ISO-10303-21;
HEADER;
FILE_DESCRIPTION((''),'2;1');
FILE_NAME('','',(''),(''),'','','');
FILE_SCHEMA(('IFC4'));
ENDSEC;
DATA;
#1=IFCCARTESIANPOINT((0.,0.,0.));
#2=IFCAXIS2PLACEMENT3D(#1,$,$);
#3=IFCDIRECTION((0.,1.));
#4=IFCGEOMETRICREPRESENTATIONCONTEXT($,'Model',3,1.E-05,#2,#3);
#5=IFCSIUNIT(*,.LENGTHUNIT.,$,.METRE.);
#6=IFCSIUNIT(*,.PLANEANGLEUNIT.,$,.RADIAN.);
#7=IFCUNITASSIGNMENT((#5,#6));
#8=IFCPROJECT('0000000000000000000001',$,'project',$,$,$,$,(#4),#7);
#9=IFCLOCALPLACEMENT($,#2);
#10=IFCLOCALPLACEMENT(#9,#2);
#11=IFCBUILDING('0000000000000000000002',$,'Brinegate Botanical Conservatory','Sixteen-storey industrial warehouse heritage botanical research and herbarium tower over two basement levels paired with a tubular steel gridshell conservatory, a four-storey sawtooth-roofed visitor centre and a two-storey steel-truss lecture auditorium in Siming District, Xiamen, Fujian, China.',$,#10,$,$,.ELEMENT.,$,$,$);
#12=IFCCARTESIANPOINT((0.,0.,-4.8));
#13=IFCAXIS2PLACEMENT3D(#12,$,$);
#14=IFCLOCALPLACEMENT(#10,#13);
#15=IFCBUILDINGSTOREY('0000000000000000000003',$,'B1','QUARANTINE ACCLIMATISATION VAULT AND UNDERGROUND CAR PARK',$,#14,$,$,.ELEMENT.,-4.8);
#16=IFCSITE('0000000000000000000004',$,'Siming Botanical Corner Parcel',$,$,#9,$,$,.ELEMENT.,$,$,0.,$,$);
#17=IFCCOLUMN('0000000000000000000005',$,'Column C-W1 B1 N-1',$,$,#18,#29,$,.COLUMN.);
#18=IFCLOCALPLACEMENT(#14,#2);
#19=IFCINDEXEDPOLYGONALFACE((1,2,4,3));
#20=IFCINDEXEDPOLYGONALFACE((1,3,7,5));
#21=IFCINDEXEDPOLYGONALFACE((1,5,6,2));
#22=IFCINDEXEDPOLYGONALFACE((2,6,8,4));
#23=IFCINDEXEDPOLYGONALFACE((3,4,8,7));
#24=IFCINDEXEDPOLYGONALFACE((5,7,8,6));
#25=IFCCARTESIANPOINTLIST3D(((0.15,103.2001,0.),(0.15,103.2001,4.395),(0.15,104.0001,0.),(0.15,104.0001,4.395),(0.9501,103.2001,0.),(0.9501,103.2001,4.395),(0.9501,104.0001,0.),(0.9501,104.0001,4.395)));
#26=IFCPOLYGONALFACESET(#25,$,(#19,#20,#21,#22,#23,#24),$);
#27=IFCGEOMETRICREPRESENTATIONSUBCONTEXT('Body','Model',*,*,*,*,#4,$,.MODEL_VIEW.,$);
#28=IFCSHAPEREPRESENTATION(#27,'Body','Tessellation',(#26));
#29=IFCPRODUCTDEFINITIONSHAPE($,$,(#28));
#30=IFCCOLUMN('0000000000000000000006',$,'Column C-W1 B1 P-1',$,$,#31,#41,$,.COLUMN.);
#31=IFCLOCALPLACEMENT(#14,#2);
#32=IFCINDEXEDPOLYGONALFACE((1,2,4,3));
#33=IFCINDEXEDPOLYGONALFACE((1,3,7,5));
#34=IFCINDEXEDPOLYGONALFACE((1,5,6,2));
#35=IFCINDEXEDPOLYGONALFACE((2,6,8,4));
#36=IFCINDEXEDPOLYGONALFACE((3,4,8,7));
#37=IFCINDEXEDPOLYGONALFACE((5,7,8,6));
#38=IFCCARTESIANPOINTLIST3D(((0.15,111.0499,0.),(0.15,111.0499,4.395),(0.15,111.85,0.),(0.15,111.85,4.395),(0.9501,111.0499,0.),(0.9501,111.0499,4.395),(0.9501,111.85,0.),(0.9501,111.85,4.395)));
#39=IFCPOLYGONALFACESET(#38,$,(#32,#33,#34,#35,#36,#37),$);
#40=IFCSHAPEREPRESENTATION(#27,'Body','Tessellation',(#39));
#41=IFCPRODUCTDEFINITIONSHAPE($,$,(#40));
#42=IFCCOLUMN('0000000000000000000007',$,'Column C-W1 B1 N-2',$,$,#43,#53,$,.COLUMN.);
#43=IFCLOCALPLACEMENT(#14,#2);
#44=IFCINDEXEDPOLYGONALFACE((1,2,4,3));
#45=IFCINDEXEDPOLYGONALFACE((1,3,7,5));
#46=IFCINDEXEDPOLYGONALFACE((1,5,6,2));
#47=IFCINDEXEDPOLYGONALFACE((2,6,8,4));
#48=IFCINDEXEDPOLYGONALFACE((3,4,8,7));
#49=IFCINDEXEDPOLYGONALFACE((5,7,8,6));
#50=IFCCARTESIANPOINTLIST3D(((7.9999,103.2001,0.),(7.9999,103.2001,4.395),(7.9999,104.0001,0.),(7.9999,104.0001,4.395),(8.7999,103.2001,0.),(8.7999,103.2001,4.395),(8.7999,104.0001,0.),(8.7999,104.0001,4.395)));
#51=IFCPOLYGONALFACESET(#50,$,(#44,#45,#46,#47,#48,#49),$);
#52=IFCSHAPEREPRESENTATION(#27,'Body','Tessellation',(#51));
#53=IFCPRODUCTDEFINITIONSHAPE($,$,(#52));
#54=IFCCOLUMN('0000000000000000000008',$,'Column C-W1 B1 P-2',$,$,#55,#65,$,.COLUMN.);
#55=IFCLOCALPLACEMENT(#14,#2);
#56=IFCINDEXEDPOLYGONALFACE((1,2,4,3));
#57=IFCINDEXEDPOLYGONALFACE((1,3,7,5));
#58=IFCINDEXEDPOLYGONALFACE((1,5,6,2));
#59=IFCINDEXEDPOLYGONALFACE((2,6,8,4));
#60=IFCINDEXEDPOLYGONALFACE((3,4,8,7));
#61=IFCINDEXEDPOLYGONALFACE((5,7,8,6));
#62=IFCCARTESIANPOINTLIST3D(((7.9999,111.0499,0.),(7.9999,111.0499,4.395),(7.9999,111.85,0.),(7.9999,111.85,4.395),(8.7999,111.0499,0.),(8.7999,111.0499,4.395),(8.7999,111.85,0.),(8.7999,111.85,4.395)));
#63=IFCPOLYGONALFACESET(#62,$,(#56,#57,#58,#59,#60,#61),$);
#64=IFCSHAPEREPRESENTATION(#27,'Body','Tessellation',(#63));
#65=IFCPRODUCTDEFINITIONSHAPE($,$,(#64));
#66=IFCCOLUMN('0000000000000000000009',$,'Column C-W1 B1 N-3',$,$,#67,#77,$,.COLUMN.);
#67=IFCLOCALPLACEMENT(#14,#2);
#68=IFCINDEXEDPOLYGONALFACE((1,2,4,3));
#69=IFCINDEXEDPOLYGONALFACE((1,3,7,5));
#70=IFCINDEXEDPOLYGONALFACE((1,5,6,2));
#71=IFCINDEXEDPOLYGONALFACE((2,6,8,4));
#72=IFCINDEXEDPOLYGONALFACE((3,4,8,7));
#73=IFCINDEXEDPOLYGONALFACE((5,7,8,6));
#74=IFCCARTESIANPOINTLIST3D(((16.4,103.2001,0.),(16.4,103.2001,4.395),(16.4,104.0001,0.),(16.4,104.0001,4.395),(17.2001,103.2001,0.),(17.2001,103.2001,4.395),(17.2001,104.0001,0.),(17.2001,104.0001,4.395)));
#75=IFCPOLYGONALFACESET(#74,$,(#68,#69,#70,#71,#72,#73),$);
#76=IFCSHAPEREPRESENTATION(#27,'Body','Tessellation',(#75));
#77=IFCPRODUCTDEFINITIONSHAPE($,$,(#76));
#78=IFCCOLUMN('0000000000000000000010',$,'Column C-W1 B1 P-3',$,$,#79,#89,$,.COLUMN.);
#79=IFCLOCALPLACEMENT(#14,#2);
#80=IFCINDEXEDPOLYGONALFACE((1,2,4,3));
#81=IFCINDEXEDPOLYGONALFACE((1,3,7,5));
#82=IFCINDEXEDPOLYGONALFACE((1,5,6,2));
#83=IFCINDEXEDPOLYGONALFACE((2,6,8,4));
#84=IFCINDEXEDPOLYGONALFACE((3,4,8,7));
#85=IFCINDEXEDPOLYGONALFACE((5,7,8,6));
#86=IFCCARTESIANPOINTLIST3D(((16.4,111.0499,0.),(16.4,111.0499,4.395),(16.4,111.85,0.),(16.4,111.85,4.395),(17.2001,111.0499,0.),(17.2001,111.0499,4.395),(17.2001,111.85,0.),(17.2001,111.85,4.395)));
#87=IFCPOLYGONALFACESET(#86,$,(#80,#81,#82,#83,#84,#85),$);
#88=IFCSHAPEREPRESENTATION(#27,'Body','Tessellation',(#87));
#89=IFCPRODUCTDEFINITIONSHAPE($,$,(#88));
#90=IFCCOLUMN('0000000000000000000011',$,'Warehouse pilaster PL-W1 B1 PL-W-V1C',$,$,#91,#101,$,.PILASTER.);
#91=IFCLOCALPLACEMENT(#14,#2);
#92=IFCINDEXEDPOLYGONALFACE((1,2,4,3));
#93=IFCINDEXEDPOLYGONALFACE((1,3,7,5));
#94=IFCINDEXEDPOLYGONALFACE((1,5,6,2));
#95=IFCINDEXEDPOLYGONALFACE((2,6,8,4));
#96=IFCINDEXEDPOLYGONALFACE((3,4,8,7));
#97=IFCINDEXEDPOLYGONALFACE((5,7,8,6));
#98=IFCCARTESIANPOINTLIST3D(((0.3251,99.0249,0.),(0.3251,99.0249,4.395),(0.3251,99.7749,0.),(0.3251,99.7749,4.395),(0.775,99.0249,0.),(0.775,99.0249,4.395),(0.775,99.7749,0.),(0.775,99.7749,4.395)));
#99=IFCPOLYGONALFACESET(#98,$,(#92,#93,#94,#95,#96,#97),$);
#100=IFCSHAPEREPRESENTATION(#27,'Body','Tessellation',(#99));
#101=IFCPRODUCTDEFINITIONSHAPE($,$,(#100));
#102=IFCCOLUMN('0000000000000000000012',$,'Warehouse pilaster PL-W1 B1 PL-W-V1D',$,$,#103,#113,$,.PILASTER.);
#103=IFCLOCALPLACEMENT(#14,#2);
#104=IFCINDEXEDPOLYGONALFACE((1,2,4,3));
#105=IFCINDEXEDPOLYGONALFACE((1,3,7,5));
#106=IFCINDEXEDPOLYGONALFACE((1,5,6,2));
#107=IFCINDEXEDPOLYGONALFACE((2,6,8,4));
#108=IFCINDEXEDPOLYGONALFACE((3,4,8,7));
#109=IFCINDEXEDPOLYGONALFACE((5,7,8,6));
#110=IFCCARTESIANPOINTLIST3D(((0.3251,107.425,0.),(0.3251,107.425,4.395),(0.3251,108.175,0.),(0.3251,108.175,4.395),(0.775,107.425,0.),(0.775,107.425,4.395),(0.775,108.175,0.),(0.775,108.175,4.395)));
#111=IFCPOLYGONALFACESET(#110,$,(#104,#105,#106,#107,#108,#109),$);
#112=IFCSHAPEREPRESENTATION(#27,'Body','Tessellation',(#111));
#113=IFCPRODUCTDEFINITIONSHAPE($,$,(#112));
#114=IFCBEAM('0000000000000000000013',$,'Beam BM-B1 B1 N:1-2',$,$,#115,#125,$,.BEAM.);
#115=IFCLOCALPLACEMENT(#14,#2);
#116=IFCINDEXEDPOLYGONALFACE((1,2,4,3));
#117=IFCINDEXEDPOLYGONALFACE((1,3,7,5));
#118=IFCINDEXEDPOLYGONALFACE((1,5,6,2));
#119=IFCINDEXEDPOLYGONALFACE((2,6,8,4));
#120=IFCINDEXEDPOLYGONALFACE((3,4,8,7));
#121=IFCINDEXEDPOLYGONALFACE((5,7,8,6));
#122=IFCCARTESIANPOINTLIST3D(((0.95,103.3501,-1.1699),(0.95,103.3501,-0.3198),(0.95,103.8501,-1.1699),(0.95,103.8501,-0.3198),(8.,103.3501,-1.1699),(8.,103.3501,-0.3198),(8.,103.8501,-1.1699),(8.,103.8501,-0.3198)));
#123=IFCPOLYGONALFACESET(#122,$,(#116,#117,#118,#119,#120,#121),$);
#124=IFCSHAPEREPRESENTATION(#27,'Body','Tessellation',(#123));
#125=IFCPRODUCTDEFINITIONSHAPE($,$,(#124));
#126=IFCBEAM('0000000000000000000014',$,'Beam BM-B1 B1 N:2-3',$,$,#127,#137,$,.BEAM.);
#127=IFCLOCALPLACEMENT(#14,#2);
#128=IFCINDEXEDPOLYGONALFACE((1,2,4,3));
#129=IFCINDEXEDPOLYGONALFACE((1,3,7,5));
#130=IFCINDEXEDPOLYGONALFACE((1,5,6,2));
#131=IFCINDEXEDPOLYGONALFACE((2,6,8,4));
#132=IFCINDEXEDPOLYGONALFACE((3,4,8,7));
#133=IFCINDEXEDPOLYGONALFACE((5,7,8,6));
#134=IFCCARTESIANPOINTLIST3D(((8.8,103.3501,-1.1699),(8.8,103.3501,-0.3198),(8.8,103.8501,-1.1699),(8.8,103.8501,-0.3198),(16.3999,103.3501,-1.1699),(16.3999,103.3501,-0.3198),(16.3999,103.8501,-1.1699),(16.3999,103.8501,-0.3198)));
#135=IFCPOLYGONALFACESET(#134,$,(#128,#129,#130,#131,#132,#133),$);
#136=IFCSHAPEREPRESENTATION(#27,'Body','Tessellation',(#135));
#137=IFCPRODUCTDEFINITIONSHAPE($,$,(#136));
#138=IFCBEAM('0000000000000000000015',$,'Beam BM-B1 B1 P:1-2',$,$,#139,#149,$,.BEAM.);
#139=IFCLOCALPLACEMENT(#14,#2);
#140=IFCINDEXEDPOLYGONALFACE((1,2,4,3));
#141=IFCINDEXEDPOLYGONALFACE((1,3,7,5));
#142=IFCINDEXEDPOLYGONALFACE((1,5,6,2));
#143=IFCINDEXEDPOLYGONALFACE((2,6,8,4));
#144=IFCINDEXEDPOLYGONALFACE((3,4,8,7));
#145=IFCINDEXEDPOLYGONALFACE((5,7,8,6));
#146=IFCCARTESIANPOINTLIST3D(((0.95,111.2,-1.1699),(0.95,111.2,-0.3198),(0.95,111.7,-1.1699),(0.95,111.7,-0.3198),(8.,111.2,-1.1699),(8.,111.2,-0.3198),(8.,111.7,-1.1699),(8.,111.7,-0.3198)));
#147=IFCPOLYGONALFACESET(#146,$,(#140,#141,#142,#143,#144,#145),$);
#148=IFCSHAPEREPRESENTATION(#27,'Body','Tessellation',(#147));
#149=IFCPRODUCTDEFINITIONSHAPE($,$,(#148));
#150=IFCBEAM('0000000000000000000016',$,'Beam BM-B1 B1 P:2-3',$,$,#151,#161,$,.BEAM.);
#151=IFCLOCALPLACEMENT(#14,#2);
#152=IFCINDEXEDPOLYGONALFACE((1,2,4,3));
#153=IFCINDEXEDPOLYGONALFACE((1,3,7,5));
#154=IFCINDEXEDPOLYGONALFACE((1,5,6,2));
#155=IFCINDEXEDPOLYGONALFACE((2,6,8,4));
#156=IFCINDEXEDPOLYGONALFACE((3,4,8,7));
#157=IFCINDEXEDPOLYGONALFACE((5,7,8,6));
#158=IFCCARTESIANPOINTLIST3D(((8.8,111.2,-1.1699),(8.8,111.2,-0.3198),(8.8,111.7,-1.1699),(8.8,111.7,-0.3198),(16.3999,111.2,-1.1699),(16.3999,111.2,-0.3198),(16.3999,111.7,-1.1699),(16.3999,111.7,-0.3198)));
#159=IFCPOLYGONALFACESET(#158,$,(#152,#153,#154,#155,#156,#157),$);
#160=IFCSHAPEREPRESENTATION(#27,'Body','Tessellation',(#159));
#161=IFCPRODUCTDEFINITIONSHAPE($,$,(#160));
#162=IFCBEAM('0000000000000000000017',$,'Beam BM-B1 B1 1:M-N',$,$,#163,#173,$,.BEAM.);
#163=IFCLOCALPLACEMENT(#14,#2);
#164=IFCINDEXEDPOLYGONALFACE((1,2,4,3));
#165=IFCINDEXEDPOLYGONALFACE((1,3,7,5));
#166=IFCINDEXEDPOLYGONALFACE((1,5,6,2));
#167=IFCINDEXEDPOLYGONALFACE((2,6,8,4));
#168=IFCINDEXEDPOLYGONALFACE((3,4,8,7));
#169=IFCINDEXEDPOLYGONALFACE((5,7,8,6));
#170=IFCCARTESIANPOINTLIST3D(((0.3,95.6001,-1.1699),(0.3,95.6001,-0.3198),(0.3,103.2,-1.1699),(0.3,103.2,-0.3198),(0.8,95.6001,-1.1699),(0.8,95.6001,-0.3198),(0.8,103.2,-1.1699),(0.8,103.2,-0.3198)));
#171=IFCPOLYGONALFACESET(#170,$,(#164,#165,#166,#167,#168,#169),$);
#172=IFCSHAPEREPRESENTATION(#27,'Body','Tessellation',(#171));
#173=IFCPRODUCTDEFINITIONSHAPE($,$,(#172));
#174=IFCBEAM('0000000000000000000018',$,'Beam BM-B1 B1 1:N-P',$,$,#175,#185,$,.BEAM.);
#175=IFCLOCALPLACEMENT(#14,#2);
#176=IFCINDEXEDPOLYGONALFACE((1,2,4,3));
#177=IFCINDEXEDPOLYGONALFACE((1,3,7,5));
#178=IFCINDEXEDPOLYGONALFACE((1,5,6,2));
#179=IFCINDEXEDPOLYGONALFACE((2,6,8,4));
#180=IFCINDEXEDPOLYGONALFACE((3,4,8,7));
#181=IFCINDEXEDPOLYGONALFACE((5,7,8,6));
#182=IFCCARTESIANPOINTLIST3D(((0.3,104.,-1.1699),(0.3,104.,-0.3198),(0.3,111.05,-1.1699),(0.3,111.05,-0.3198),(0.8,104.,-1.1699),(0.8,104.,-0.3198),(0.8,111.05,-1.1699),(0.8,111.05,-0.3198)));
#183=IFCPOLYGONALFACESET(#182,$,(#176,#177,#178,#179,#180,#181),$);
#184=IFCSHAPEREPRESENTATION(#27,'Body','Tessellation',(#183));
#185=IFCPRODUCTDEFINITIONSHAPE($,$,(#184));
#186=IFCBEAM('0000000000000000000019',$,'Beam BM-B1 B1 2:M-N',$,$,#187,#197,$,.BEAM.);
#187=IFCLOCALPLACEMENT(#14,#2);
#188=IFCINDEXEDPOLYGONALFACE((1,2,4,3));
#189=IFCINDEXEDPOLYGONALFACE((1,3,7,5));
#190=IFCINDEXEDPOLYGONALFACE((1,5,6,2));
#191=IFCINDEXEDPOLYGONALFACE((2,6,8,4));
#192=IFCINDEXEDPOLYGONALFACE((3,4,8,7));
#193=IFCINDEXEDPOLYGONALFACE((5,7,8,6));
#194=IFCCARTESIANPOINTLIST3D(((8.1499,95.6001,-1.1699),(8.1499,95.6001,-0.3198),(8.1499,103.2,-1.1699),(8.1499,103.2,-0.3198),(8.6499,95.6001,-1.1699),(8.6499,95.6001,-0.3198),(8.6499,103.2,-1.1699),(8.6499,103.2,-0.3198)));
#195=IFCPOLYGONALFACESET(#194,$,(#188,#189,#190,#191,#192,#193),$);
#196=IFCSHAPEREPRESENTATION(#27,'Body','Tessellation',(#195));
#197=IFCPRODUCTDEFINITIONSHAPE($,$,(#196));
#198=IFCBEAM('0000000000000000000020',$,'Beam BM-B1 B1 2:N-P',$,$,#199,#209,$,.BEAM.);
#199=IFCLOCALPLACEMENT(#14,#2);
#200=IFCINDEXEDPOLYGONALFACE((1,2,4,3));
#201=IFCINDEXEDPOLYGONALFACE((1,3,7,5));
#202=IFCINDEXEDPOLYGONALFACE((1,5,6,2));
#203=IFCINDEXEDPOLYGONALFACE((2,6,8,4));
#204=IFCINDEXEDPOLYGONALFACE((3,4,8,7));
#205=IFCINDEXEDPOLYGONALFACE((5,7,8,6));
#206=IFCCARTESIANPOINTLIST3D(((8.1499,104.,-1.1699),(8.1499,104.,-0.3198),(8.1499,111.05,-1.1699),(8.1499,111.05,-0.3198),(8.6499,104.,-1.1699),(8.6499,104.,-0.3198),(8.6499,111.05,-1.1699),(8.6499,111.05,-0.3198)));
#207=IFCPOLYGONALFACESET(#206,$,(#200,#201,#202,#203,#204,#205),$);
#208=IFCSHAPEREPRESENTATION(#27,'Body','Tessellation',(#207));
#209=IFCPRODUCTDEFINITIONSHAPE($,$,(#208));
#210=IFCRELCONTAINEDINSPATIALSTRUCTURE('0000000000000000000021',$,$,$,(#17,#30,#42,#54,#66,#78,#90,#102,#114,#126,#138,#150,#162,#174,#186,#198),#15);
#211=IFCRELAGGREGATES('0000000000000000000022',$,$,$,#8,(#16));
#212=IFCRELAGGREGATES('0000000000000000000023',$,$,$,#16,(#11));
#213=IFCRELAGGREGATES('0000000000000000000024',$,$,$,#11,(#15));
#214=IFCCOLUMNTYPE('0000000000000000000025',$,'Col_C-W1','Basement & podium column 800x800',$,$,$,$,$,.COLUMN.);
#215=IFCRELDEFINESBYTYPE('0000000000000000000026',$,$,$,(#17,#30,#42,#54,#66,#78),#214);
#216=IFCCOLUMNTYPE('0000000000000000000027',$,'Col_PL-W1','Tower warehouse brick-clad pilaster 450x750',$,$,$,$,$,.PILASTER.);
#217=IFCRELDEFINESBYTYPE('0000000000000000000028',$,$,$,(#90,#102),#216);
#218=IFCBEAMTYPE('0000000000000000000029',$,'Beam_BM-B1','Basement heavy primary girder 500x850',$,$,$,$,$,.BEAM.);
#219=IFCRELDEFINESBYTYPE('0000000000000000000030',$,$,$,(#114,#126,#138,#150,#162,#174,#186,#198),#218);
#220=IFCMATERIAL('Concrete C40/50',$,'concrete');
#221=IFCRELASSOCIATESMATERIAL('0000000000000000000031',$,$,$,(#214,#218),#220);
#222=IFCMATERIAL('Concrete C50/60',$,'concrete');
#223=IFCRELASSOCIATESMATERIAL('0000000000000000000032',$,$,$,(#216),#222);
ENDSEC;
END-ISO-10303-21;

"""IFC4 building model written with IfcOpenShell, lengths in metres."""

from ifc_helpers import new_model, si_unit, direction, frame, origin, origin_2d, place, context, subcontext, project, spatial, rectangle, extrude, material, material_profile, profile_set, type_object, element, save


model = new_model("IFC4")

# Units and contexts
model_context = context("Model", 3, precision=1e-05, world=origin(), true_north=direction((0.0, 1.0)))
body_context = subcontext(model_context, "Body", "Model", "MODEL_VIEW")
ifc_project = project(units=[si_unit("LENGTHUNIT", "METRE"), si_unit("PLANEANGLEUNIT", "RADIAN")], contexts=[model_context])

# Site, building, storey
site_placement = place(None, origin())
site = spatial("IfcSite", under=ifc_project, at=site_placement, Name="Siming Botanical Corner Parcel", CompositionType="ELEMENT", RefElevation=0.0)
building_placement = place(site_placement, origin())
building = spatial("IfcBuilding", under=site, at=building_placement, Name="Brinegate Botanical Conservatory", Description="Sixteen-storey industrial warehouse heritage botanical research and herbarium tower over two basement levels paired with a tubular steel gridshell conservatory, a four-storey sawtooth-roofed visitor centre and a two-storey steel-truss lecture auditorium in Siming District, Xiamen, Fujian, China.", CompositionType="ELEMENT")
storey_placement = place(building_placement, frame((0.0, 0.0, -4.8)))
storey = spatial("IfcBuildingStorey", under=building, at=storey_placement, Name="B1", Description="QUARANTINE ACCLIMATISATION VAULT AND UNDERGROUND CAR PARK", CompositionType="ELEMENT", Elevation=-4.8)

# Columns
ifc_material_1 = material(Name="Concrete C40/50", Category="concrete")
ifc_material_profile_1 = material_profile(ifc_material_1, rectangle(XDim=0.8, YDim=0.8, at=origin_2d()), Name="RC COL 800x800")
ifc_profile_set_1 = profile_set([ifc_material_profile_1], Name="Concrete C40/50")
column_type_1 = type_object("IfcColumnType", Name="Col_C-W1", Description="Basement & podium column 800x800", PredefinedType="COLUMN", material=ifc_profile_set_1)
for number, where, z_axis, x_axis, name in (
    (1, (0.55, 103.6001, 0.0), (0.0, 0.0, 1.0), (1.0, 0.0, 0.0), "Column C-W1 B1 N-1"),
    (2, (0.55, 111.45, 0.0), (0.0, 0.0, 1.0), (1.0, 0.0, 0.0), "Column C-W1 B1 P-1"),
    (3, (8.3999, 103.6001, 0.0), (0.0, 0.0, 1.0), (1.0, 0.0, 0.0), "Column C-W1 B1 N-2"),
    (4, (8.3999, 111.45, 0.0), (0.0, 0.0, 1.0), (1.0, 0.0, 0.0), "Column C-W1 B1 P-2"),
    (5, (16.8, 103.6001, 0.0), (0.0, 0.0, 1.0), (1.0, 0.0, 0.0), "Column C-W1 B1 N-3"),
    (6, (16.8, 111.45, 0.0), (0.0, 0.0, 1.0), (1.0, 0.0, 0.0), "Column C-W1 B1 P-3"),
):
    element("IfcColumn", number, at=place(storey_placement, frame(where, z_axis=z_axis, x_axis=x_axis)), inside=storey, type_object=column_type_1, Name=name, PredefinedType="COLUMN", context=body_context, shape_type="SweptSolid", body=[
        extrude(rectangle(XDim=0.8, YDim=0.8, at=origin_2d()), origin(), (0.0, 0.0, 1.0), 4.395),
    ])
ifc_material_2 = material(Name="Concrete C50/60", Category="concrete")
ifc_material_profile_2 = material_profile(ifc_material_2, rectangle(XDim=0.45, YDim=0.75, at=origin_2d()), Name="RC PILASTER 450x750")
ifc_profile_set_2 = profile_set([ifc_material_profile_2], Name="Concrete C50/60")
column_type_2 = type_object("IfcColumnType", Name="Col_PL-W1", Description="Tower warehouse brick-clad pilaster 450x750", PredefinedType="PILASTER", material=ifc_profile_set_2)
for number, where, z_axis, x_axis, name in (
    (7, (0.55, 99.3999, 0.0), (0.0, 0.0, 1.0), (1.0, 0.0, 0.0), "Warehouse pilaster PL-W1 B1 PL-W-V1C"),
    (8, (0.55, 107.8, 0.0), (0.0, 0.0, 1.0), (1.0, 0.0, 0.0), "Warehouse pilaster PL-W1 B1 PL-W-V1D"),
):
    element("IfcColumn", number, at=place(storey_placement, frame(where, z_axis=z_axis, x_axis=x_axis)), inside=storey, type_object=column_type_2, Name=name, PredefinedType="PILASTER", context=body_context, shape_type="SweptSolid", body=[
        extrude(rectangle(XDim=0.45, YDim=0.75, at=origin_2d()), origin(), (0.0, 0.0, 1.0), 4.395),
    ])

# Beams
ifc_material_profile_3 = material_profile(ifc_material_1, rectangle(XDim=0.5, YDim=0.8501, at=origin_2d()), Name="RC BM 500x850")
ifc_profile_set_3 = profile_set([ifc_material_profile_3], Name="Concrete C40/50")
beam_type_1 = type_object("IfcBeamType", Name="Beam_BM-B1", Description="Basement heavy primary girder 500x850", PredefinedType="BEAM", material=ifc_profile_set_3)
beam_1_placement = place(storey_placement, frame((0.95, 103.6001, -0.7449), z_axis=(1.0, 0.0, 0.0), x_axis=(0.0, 1.0, 0.0)))
element("IfcBeam", 9, at=beam_1_placement, inside=storey, type_object=beam_type_1, Name="Beam BM-B1 B1 N:1-2", PredefinedType="BEAM", context=body_context, shape_type="SweptSolid", body=[
    extrude(rectangle(XDim=0.5, YDim=0.8501, at=origin_2d()), origin(), (0.0, 0.0, 1.0), 7.05),
])
beam_2_placement = place(storey_placement, frame((8.8, 103.6001, -0.7449), z_axis=(1.0, 0.0, 0.0), x_axis=(0.0, 1.0, 0.0)))
element("IfcBeam", 10, at=beam_2_placement, inside=storey, type_object=beam_type_1, Name="Beam BM-B1 B1 N:2-3", PredefinedType="BEAM", context=body_context, shape_type="SweptSolid", body=[
    extrude(rectangle(XDim=0.5, YDim=0.8501, at=origin_2d()), origin(), (0.0, 0.0, 1.0), 7.5999),
])
beam_3_placement = place(storey_placement, frame((0.95, 111.45, -0.7449), z_axis=(1.0, 0.0, 0.0), x_axis=(0.0, 1.0, 0.0)))
element("IfcBeam", 11, at=beam_3_placement, inside=storey, type_object=beam_type_1, Name="Beam BM-B1 B1 P:1-2", PredefinedType="BEAM", context=body_context, shape_type="SweptSolid", body=[
    extrude(rectangle(XDim=0.5, YDim=0.8501, at=origin_2d()), origin(), (0.0, 0.0, 1.0), 7.05),
])
for number, where, z_axis, x_axis, name in (
    (12, (8.8, 111.45, -0.7449), (1.0, 0.0, 0.0), (0.0, 1.0, 0.0), "Beam BM-B1 B1 P:2-3"),
    (13, (0.55, 95.6001, -0.7449), (0.0, 1.0, 0.0), (-1.0, 0.0, 0.0), "Beam BM-B1 B1 1:M-N"),
):
    element("IfcBeam", number, at=place(storey_placement, frame(where, z_axis=z_axis, x_axis=x_axis)), inside=storey, type_object=beam_type_1, Name=name, PredefinedType="BEAM", context=body_context, shape_type="SweptSolid", body=[
        extrude(rectangle(XDim=0.5, YDim=0.8501, at=origin_2d()), origin(), (0.0, 0.0, 1.0), 7.5999),
    ])
beam_4_placement = place(storey_placement, frame((0.55, 104.0, -0.7449), z_axis=(0.0, 1.0, 0.0), x_axis=(-1.0, 0.0, 0.0)))
element("IfcBeam", 14, at=beam_4_placement, inside=storey, type_object=beam_type_1, Name="Beam BM-B1 B1 1:N-P", PredefinedType="BEAM", context=body_context, shape_type="SweptSolid", body=[
    extrude(rectangle(XDim=0.5, YDim=0.8501, at=origin_2d()), origin(), (0.0, 0.0, 1.0), 7.05),
])
beam_5_placement = place(storey_placement, frame((8.3999, 95.6001, -0.7449), z_axis=(0.0, 1.0, 0.0), x_axis=(-1.0, 0.0, 0.0)))
element("IfcBeam", 15, at=beam_5_placement, inside=storey, type_object=beam_type_1, Name="Beam BM-B1 B1 2:M-N", PredefinedType="BEAM", context=body_context, shape_type="SweptSolid", body=[
    extrude(rectangle(XDim=0.5, YDim=0.8501, at=origin_2d()), origin(), (0.0, 0.0, 1.0), 7.5999),
])
beam_6_placement = place(storey_placement, frame((8.3999, 104.0, -0.7449), z_axis=(0.0, 1.0, 0.0), x_axis=(-1.0, 0.0, 0.0)))
element("IfcBeam", 16, at=beam_6_placement, inside=storey, type_object=beam_type_1, Name="Beam BM-B1 B1 2:N-P", PredefinedType="BEAM", context=body_context, shape_type="SweptSolid", body=[
    extrude(rectangle(XDim=0.5, YDim=0.8501, at=origin_2d()), origin(), (0.0, 0.0, 1.0), 7.05),
])

save(model, "model.ifc")
